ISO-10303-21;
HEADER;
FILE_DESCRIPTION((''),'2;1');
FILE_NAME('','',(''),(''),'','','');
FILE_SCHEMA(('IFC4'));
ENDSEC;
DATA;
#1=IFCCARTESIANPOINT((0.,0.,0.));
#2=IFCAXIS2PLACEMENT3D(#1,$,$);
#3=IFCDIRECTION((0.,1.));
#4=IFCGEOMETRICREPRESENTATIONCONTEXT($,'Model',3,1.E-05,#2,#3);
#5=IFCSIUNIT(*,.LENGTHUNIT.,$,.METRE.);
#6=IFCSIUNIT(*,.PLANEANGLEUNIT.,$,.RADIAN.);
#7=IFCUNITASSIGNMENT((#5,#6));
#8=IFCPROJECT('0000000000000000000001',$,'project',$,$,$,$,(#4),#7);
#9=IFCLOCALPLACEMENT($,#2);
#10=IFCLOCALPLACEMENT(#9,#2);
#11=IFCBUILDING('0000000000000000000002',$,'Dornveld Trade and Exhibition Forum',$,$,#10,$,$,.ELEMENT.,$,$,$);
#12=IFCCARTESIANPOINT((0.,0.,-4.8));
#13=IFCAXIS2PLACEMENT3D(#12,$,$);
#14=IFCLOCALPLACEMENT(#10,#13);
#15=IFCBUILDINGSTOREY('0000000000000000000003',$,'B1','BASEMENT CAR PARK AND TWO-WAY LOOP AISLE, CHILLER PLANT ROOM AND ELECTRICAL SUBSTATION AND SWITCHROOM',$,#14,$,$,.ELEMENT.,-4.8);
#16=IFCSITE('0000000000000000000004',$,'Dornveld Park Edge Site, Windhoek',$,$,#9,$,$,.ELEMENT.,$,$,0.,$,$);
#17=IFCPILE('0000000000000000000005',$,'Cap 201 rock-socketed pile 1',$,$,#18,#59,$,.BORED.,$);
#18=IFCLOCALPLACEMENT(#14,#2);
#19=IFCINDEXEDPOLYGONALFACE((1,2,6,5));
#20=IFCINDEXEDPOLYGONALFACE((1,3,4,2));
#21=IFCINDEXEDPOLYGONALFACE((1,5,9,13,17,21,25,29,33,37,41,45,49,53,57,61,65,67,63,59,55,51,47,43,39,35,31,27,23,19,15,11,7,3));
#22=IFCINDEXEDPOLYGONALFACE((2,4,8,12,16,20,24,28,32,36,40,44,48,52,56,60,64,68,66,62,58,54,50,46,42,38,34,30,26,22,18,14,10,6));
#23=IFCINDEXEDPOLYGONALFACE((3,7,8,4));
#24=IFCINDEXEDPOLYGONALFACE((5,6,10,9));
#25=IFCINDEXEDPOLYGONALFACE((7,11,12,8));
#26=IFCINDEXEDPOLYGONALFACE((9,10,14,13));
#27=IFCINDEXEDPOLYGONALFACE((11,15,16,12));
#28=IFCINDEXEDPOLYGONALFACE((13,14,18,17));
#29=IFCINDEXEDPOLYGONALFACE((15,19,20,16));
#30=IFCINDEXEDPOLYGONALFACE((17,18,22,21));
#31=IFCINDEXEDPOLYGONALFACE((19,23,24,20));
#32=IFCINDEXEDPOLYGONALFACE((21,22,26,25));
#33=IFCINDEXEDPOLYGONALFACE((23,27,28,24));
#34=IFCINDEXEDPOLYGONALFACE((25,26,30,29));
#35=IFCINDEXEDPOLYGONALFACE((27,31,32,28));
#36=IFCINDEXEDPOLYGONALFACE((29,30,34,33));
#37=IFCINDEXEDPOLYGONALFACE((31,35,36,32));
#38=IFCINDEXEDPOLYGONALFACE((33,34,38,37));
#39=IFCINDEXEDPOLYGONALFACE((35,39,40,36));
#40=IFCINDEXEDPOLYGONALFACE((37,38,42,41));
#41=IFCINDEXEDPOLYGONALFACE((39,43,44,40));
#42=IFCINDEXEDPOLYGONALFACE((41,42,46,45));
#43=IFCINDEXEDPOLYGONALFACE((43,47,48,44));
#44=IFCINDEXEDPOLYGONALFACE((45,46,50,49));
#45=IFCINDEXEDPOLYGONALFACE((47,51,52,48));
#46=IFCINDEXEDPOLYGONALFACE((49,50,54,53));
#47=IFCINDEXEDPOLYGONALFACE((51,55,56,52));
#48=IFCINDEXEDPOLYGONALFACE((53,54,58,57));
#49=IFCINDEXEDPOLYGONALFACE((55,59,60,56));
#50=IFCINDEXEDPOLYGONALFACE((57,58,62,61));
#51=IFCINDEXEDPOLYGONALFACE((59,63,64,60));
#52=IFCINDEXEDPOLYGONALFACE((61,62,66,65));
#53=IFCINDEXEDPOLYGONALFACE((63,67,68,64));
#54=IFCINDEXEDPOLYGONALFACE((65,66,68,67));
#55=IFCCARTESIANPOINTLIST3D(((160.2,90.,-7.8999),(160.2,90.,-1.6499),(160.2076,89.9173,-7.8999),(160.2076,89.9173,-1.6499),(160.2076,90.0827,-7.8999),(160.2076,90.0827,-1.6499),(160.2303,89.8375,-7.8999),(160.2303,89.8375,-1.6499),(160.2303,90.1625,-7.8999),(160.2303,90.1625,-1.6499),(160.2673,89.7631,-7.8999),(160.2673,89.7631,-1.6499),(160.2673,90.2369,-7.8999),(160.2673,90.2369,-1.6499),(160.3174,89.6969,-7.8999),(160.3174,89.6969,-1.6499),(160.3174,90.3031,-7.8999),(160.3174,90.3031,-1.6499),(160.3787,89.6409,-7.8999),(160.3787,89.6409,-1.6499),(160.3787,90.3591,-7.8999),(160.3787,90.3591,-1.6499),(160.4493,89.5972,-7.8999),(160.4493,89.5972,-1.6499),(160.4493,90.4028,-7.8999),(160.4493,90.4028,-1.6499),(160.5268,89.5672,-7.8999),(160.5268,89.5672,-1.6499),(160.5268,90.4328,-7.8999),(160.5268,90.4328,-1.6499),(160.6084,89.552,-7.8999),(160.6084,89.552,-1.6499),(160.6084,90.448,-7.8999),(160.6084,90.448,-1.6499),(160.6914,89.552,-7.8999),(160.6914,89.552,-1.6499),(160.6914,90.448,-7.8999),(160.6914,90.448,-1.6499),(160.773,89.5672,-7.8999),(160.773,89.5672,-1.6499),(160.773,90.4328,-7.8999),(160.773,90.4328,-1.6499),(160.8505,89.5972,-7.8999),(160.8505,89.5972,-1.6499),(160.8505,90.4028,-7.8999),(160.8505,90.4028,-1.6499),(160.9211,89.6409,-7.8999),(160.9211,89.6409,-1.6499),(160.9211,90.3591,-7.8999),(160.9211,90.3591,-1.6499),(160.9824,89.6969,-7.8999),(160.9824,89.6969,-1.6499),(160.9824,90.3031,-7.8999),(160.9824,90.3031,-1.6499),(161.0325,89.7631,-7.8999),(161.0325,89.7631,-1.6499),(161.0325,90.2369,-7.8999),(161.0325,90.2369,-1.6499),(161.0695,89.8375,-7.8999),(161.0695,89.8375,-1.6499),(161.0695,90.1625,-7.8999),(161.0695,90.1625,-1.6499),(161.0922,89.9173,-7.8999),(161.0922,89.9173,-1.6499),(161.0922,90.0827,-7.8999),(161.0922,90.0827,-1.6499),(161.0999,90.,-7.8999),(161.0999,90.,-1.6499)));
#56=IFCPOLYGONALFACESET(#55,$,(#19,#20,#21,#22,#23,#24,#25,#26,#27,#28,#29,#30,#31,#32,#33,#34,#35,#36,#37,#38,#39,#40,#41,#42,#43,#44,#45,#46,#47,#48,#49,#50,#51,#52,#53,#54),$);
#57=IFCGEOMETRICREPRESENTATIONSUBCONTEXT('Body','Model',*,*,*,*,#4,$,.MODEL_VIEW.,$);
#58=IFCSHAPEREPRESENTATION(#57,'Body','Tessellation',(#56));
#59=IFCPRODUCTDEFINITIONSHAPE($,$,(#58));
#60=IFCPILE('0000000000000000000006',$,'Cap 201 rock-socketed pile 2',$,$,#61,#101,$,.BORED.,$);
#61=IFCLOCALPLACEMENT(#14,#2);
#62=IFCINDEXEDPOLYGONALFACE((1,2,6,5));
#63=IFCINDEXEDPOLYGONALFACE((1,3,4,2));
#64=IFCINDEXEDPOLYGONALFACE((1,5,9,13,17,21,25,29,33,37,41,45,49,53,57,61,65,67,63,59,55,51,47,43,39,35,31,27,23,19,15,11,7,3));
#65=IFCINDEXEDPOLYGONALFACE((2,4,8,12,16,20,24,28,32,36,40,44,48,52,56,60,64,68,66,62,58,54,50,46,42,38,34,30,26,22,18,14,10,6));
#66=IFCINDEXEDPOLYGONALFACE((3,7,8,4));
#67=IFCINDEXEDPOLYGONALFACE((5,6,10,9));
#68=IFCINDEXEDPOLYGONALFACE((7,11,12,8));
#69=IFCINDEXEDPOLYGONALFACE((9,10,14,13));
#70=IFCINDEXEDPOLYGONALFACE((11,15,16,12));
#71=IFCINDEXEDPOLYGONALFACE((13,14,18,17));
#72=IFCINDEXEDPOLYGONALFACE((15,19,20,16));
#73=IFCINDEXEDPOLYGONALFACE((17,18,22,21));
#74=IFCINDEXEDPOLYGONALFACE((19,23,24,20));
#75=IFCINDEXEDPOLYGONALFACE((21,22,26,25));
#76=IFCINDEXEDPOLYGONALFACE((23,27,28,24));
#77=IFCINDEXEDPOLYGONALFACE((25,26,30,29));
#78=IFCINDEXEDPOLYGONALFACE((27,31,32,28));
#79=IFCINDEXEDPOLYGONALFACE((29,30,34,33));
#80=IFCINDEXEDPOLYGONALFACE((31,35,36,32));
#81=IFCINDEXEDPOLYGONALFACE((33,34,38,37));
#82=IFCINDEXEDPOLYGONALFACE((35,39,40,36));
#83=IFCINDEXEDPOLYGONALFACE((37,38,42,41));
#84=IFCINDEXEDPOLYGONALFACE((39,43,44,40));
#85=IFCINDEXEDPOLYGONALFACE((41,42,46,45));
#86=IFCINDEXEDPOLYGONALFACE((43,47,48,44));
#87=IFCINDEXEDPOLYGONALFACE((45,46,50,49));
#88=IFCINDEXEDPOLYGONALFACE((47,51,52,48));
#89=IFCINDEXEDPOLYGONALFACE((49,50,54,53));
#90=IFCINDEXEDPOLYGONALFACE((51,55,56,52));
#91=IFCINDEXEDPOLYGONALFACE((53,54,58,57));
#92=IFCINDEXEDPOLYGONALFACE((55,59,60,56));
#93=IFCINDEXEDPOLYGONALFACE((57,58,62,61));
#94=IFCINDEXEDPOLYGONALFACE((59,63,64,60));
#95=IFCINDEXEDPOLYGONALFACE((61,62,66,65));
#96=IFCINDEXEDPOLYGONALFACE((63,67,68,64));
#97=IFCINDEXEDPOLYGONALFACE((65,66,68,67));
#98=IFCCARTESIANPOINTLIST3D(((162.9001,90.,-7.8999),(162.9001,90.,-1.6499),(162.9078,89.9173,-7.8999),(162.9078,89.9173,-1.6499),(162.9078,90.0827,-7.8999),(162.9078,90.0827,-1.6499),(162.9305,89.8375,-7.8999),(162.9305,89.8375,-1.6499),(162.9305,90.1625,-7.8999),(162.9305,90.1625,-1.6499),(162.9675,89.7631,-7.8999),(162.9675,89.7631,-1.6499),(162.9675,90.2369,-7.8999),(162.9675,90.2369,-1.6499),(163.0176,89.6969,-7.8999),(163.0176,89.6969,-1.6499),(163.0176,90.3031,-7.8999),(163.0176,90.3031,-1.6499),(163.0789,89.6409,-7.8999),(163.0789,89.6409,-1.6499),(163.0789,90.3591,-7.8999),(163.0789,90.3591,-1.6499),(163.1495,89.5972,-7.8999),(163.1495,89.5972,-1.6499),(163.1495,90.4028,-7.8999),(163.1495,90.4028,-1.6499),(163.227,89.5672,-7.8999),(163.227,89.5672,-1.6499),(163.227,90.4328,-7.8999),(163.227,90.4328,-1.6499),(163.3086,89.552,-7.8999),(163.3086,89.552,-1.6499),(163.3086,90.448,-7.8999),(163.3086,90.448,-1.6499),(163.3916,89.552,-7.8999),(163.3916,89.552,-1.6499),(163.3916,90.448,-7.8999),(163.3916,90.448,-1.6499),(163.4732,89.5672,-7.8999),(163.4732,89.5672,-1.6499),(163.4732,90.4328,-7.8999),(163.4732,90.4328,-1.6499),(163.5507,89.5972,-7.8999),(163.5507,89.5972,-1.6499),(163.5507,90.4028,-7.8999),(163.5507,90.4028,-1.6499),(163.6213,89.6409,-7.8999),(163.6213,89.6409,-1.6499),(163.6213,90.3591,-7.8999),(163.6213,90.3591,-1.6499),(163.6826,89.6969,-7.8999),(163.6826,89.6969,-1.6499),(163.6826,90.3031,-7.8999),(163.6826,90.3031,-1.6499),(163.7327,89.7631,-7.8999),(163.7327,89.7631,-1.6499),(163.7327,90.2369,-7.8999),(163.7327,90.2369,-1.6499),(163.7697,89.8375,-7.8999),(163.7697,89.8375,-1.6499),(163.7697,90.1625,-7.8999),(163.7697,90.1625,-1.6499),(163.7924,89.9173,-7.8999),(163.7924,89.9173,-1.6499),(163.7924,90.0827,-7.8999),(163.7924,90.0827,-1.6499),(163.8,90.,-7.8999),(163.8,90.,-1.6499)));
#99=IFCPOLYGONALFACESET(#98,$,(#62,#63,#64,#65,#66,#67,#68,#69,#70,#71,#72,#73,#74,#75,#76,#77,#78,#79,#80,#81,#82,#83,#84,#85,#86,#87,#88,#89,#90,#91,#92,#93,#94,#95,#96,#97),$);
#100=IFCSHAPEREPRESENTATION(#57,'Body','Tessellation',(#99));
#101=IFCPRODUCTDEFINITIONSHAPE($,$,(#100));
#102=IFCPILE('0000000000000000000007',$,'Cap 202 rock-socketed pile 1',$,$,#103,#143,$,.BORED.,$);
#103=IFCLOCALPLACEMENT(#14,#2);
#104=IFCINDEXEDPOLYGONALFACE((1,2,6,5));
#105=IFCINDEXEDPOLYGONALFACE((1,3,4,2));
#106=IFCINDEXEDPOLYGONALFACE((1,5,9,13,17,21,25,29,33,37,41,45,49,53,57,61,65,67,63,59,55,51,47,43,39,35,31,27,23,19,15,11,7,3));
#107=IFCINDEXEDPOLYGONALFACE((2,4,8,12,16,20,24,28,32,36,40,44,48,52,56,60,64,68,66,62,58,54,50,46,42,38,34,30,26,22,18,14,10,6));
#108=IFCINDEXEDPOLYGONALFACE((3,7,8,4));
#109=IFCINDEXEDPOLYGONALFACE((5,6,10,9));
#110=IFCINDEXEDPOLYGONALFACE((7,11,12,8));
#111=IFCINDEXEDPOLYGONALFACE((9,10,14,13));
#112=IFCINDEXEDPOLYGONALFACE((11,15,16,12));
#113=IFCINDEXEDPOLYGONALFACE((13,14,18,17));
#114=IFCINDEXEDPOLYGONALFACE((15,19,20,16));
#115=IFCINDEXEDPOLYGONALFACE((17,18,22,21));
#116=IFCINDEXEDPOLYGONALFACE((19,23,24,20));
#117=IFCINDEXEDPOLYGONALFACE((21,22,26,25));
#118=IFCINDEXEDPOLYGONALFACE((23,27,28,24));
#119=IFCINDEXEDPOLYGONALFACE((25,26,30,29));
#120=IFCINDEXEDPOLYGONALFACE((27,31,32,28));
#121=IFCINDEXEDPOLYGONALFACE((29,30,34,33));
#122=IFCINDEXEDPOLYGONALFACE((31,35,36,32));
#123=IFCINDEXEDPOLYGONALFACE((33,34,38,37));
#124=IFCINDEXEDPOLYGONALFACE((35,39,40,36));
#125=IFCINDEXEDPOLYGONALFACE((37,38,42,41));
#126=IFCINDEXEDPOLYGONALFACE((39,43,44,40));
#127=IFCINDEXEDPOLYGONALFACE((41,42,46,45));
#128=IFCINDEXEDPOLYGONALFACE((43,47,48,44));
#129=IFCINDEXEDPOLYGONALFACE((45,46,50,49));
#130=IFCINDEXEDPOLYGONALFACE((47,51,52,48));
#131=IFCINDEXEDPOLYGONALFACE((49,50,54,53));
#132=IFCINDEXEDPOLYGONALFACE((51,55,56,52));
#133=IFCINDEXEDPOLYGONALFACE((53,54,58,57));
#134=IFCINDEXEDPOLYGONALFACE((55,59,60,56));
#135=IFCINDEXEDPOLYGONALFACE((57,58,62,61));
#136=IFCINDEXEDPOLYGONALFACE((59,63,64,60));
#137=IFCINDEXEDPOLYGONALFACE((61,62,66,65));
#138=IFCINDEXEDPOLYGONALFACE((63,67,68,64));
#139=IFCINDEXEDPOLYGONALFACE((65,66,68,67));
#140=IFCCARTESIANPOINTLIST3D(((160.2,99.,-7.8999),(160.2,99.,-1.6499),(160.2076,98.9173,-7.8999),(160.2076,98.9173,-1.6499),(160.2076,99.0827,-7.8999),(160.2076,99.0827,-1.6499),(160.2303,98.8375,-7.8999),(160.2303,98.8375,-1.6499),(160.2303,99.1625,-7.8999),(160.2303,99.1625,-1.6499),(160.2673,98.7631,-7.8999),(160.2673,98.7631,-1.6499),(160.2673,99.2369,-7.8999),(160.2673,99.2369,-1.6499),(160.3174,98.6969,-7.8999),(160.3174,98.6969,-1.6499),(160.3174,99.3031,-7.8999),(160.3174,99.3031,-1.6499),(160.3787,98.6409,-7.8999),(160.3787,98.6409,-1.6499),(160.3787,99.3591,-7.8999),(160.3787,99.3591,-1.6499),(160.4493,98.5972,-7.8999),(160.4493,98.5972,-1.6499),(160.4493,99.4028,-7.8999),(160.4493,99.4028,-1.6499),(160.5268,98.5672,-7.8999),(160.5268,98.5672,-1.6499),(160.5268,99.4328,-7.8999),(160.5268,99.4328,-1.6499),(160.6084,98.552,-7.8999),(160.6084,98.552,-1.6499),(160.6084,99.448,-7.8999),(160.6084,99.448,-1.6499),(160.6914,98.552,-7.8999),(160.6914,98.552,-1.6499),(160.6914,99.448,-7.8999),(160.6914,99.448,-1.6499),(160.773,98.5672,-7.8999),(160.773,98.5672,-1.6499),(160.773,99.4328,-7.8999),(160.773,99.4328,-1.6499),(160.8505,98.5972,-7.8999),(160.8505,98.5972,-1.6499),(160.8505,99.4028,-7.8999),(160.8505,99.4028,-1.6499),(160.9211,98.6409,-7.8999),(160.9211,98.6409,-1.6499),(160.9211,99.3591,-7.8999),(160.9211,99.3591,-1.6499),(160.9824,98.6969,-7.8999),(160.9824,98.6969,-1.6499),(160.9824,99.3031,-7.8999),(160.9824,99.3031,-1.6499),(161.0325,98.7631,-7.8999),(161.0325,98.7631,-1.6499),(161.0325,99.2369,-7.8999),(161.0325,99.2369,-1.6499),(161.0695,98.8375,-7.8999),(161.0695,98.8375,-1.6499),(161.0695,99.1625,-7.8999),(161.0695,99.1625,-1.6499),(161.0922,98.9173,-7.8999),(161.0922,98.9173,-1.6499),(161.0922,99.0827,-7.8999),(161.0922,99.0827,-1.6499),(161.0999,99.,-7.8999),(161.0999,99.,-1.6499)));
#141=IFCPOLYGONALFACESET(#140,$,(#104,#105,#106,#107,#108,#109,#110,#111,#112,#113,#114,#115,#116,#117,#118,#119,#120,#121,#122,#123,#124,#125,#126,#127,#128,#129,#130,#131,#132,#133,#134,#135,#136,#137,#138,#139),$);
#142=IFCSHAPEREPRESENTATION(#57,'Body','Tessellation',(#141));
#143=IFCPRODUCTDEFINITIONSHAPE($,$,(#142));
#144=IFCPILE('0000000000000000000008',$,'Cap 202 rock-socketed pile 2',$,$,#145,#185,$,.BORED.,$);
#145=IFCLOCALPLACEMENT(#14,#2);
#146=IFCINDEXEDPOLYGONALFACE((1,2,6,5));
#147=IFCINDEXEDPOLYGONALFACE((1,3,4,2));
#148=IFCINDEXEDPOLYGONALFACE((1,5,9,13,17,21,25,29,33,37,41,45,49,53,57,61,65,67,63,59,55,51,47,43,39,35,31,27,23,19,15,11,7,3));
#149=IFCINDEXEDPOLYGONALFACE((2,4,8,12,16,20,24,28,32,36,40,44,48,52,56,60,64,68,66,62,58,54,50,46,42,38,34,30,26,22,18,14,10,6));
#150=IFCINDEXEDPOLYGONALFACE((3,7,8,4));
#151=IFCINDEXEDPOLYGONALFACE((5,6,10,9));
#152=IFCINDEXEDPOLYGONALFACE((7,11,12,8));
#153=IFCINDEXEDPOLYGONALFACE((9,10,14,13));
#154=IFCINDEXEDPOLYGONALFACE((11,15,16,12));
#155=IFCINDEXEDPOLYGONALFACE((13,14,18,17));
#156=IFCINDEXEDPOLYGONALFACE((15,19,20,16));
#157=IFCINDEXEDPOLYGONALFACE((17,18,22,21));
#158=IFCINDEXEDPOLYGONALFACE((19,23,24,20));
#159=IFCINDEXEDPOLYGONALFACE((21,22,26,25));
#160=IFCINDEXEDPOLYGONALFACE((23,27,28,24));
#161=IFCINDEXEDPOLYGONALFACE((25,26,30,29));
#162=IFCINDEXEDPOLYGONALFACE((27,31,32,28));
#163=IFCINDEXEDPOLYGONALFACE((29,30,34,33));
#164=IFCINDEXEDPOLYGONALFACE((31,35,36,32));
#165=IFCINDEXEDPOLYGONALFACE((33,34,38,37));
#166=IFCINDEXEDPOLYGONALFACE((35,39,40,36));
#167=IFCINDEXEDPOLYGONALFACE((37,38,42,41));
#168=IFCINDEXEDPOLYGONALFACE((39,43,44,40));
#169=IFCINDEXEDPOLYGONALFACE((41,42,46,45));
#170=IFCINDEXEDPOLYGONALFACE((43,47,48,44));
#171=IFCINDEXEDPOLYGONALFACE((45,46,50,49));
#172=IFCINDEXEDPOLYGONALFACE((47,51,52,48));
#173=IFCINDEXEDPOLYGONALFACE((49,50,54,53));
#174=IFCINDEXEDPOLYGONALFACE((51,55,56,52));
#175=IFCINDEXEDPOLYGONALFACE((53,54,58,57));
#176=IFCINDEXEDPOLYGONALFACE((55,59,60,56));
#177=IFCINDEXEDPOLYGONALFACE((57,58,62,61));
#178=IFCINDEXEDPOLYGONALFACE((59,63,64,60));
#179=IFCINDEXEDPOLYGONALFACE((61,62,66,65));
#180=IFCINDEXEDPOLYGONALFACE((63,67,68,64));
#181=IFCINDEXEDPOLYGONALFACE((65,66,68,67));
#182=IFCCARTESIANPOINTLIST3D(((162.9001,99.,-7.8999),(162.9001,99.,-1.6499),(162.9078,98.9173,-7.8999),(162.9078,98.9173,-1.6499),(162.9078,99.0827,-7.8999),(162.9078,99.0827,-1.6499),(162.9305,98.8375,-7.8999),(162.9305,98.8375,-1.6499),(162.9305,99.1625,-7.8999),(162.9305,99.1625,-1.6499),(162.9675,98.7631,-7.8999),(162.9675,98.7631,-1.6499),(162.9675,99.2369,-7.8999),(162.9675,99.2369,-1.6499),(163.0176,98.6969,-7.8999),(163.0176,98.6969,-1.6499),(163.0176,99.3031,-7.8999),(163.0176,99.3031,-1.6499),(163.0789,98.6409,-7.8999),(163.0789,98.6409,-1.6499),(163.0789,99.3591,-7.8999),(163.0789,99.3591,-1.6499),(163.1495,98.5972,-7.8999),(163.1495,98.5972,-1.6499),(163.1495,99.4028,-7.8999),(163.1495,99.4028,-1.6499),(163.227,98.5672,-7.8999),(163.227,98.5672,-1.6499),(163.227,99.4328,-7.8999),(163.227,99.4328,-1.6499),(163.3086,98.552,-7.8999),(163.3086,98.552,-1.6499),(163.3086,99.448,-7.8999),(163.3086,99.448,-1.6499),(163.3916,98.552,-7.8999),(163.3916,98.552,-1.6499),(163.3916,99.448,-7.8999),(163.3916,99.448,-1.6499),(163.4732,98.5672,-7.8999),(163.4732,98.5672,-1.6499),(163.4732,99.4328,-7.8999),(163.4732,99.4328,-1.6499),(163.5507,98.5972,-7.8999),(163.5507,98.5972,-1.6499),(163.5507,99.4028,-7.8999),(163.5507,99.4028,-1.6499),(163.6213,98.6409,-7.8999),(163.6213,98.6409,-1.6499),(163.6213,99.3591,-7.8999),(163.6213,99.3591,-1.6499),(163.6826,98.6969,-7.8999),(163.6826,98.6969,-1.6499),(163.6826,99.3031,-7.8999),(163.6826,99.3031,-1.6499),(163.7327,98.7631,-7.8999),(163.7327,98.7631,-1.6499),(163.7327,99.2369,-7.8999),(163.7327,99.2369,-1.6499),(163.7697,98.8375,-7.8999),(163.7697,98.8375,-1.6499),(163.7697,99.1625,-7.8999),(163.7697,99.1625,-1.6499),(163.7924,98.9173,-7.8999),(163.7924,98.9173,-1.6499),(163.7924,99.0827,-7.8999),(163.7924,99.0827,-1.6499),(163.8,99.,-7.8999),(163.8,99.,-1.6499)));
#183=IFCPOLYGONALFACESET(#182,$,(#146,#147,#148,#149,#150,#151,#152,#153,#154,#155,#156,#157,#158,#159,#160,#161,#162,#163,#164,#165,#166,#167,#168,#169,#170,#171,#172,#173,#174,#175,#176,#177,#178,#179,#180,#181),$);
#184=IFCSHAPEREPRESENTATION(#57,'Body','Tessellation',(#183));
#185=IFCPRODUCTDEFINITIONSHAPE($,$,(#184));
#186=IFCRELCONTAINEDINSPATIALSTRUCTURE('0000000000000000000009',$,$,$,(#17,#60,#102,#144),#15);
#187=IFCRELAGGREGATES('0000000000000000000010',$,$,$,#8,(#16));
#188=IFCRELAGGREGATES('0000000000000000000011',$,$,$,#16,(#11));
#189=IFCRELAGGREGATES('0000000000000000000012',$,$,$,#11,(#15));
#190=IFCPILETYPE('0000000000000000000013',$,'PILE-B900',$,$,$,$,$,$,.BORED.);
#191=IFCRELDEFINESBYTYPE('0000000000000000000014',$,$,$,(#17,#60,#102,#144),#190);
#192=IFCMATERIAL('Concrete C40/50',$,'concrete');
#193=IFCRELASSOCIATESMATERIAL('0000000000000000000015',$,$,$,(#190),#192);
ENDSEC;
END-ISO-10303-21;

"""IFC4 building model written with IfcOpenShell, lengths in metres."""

from ifc_helpers import new_model, si_unit, direction, frame, origin, origin_2d, place, context, subcontext, project, spatial, circle, extrude, material, material_profile, profile_set, type_object, element, save


model = new_model("IFC4")

# Units and contexts
model_context = context("Model", 3, precision=1e-05, world=origin(), true_north=direction((0.0, 1.0)))
body_context = subcontext(model_context, "Body", "Model", "MODEL_VIEW")
ifc_project = project(units=[si_unit("LENGTHUNIT", "METRE"), si_unit("PLANEANGLEUNIT", "RADIAN")], contexts=[model_context])

# Site, building, storey
site_placement = place(None, origin())
site = spatial("IfcSite", under=ifc_project, at=site_placement, Name="Dornveld Park Edge Site, Windhoek", CompositionType="ELEMENT", RefElevation=0.0)
building_placement = place(site_placement, origin())
building = spatial("IfcBuilding", under=site, at=building_placement, Name="Dornveld Trade and Exhibition Forum", CompositionType="ELEMENT")
storey_placement = place(building_placement, frame((0.0, 0.0, -4.8)))
storey = spatial("IfcBuildingStorey", under=building, at=storey_placement, Name="B1", Description="BASEMENT CAR PARK AND TWO-WAY LOOP AISLE, CHILLER PLANT ROOM AND ELECTRICAL SUBSTATION AND SWITCHROOM", CompositionType="ELEMENT", Elevation=-4.8)

# Piles
ifc_material_1 = material(Name="Concrete C40/50", Category="concrete")
ifc_material_profile_1 = material_profile(ifc_material_1, circle(Radius=0.45, at=origin_2d()), Name="PILE D900")
ifc_profile_set_1 = profile_set([ifc_material_profile_1], Name="Concrete C40/50")
pile_type = type_object("IfcPileType", Name="PILE-B900", PredefinedType="BORED", material=ifc_profile_set_1)
for number, where, z_axis, x_axis, name in (
    (1, (160.6499, 90.0, -1.6499), (0.0, 0.0, -1.0), (1.0, 0.0, 0.0), "Cap 201 rock-socketed pile 1"),
    (2, (163.3501, 90.0, -1.6499), (0.0, 0.0, -1.0), (1.0, 0.0, 0.0), "Cap 201 rock-socketed pile 2"),
    (3, (160.6499, 99.0, -1.6499), (0.0, 0.0, -1.0), (1.0, 0.0, 0.0), "Cap 202 rock-socketed pile 1"),
    (4, (163.3501, 99.0, -1.6499), (0.0, 0.0, -1.0), (1.0, 0.0, 0.0), "Cap 202 rock-socketed pile 2"),
):
    element("IfcPile", number, at=place(storey_placement, frame(where, z_axis=z_axis, x_axis=x_axis)), inside=storey, type_object=pile_type, Name=name, PredefinedType="BORED", context=body_context, shape_type="SweptSolid", body=[
        extrude(circle(Radius=0.45, at=origin_2d()), origin(), (0.0, 0.0, 1.0), 6.25),
    ])

save(model, "model.ifc")
